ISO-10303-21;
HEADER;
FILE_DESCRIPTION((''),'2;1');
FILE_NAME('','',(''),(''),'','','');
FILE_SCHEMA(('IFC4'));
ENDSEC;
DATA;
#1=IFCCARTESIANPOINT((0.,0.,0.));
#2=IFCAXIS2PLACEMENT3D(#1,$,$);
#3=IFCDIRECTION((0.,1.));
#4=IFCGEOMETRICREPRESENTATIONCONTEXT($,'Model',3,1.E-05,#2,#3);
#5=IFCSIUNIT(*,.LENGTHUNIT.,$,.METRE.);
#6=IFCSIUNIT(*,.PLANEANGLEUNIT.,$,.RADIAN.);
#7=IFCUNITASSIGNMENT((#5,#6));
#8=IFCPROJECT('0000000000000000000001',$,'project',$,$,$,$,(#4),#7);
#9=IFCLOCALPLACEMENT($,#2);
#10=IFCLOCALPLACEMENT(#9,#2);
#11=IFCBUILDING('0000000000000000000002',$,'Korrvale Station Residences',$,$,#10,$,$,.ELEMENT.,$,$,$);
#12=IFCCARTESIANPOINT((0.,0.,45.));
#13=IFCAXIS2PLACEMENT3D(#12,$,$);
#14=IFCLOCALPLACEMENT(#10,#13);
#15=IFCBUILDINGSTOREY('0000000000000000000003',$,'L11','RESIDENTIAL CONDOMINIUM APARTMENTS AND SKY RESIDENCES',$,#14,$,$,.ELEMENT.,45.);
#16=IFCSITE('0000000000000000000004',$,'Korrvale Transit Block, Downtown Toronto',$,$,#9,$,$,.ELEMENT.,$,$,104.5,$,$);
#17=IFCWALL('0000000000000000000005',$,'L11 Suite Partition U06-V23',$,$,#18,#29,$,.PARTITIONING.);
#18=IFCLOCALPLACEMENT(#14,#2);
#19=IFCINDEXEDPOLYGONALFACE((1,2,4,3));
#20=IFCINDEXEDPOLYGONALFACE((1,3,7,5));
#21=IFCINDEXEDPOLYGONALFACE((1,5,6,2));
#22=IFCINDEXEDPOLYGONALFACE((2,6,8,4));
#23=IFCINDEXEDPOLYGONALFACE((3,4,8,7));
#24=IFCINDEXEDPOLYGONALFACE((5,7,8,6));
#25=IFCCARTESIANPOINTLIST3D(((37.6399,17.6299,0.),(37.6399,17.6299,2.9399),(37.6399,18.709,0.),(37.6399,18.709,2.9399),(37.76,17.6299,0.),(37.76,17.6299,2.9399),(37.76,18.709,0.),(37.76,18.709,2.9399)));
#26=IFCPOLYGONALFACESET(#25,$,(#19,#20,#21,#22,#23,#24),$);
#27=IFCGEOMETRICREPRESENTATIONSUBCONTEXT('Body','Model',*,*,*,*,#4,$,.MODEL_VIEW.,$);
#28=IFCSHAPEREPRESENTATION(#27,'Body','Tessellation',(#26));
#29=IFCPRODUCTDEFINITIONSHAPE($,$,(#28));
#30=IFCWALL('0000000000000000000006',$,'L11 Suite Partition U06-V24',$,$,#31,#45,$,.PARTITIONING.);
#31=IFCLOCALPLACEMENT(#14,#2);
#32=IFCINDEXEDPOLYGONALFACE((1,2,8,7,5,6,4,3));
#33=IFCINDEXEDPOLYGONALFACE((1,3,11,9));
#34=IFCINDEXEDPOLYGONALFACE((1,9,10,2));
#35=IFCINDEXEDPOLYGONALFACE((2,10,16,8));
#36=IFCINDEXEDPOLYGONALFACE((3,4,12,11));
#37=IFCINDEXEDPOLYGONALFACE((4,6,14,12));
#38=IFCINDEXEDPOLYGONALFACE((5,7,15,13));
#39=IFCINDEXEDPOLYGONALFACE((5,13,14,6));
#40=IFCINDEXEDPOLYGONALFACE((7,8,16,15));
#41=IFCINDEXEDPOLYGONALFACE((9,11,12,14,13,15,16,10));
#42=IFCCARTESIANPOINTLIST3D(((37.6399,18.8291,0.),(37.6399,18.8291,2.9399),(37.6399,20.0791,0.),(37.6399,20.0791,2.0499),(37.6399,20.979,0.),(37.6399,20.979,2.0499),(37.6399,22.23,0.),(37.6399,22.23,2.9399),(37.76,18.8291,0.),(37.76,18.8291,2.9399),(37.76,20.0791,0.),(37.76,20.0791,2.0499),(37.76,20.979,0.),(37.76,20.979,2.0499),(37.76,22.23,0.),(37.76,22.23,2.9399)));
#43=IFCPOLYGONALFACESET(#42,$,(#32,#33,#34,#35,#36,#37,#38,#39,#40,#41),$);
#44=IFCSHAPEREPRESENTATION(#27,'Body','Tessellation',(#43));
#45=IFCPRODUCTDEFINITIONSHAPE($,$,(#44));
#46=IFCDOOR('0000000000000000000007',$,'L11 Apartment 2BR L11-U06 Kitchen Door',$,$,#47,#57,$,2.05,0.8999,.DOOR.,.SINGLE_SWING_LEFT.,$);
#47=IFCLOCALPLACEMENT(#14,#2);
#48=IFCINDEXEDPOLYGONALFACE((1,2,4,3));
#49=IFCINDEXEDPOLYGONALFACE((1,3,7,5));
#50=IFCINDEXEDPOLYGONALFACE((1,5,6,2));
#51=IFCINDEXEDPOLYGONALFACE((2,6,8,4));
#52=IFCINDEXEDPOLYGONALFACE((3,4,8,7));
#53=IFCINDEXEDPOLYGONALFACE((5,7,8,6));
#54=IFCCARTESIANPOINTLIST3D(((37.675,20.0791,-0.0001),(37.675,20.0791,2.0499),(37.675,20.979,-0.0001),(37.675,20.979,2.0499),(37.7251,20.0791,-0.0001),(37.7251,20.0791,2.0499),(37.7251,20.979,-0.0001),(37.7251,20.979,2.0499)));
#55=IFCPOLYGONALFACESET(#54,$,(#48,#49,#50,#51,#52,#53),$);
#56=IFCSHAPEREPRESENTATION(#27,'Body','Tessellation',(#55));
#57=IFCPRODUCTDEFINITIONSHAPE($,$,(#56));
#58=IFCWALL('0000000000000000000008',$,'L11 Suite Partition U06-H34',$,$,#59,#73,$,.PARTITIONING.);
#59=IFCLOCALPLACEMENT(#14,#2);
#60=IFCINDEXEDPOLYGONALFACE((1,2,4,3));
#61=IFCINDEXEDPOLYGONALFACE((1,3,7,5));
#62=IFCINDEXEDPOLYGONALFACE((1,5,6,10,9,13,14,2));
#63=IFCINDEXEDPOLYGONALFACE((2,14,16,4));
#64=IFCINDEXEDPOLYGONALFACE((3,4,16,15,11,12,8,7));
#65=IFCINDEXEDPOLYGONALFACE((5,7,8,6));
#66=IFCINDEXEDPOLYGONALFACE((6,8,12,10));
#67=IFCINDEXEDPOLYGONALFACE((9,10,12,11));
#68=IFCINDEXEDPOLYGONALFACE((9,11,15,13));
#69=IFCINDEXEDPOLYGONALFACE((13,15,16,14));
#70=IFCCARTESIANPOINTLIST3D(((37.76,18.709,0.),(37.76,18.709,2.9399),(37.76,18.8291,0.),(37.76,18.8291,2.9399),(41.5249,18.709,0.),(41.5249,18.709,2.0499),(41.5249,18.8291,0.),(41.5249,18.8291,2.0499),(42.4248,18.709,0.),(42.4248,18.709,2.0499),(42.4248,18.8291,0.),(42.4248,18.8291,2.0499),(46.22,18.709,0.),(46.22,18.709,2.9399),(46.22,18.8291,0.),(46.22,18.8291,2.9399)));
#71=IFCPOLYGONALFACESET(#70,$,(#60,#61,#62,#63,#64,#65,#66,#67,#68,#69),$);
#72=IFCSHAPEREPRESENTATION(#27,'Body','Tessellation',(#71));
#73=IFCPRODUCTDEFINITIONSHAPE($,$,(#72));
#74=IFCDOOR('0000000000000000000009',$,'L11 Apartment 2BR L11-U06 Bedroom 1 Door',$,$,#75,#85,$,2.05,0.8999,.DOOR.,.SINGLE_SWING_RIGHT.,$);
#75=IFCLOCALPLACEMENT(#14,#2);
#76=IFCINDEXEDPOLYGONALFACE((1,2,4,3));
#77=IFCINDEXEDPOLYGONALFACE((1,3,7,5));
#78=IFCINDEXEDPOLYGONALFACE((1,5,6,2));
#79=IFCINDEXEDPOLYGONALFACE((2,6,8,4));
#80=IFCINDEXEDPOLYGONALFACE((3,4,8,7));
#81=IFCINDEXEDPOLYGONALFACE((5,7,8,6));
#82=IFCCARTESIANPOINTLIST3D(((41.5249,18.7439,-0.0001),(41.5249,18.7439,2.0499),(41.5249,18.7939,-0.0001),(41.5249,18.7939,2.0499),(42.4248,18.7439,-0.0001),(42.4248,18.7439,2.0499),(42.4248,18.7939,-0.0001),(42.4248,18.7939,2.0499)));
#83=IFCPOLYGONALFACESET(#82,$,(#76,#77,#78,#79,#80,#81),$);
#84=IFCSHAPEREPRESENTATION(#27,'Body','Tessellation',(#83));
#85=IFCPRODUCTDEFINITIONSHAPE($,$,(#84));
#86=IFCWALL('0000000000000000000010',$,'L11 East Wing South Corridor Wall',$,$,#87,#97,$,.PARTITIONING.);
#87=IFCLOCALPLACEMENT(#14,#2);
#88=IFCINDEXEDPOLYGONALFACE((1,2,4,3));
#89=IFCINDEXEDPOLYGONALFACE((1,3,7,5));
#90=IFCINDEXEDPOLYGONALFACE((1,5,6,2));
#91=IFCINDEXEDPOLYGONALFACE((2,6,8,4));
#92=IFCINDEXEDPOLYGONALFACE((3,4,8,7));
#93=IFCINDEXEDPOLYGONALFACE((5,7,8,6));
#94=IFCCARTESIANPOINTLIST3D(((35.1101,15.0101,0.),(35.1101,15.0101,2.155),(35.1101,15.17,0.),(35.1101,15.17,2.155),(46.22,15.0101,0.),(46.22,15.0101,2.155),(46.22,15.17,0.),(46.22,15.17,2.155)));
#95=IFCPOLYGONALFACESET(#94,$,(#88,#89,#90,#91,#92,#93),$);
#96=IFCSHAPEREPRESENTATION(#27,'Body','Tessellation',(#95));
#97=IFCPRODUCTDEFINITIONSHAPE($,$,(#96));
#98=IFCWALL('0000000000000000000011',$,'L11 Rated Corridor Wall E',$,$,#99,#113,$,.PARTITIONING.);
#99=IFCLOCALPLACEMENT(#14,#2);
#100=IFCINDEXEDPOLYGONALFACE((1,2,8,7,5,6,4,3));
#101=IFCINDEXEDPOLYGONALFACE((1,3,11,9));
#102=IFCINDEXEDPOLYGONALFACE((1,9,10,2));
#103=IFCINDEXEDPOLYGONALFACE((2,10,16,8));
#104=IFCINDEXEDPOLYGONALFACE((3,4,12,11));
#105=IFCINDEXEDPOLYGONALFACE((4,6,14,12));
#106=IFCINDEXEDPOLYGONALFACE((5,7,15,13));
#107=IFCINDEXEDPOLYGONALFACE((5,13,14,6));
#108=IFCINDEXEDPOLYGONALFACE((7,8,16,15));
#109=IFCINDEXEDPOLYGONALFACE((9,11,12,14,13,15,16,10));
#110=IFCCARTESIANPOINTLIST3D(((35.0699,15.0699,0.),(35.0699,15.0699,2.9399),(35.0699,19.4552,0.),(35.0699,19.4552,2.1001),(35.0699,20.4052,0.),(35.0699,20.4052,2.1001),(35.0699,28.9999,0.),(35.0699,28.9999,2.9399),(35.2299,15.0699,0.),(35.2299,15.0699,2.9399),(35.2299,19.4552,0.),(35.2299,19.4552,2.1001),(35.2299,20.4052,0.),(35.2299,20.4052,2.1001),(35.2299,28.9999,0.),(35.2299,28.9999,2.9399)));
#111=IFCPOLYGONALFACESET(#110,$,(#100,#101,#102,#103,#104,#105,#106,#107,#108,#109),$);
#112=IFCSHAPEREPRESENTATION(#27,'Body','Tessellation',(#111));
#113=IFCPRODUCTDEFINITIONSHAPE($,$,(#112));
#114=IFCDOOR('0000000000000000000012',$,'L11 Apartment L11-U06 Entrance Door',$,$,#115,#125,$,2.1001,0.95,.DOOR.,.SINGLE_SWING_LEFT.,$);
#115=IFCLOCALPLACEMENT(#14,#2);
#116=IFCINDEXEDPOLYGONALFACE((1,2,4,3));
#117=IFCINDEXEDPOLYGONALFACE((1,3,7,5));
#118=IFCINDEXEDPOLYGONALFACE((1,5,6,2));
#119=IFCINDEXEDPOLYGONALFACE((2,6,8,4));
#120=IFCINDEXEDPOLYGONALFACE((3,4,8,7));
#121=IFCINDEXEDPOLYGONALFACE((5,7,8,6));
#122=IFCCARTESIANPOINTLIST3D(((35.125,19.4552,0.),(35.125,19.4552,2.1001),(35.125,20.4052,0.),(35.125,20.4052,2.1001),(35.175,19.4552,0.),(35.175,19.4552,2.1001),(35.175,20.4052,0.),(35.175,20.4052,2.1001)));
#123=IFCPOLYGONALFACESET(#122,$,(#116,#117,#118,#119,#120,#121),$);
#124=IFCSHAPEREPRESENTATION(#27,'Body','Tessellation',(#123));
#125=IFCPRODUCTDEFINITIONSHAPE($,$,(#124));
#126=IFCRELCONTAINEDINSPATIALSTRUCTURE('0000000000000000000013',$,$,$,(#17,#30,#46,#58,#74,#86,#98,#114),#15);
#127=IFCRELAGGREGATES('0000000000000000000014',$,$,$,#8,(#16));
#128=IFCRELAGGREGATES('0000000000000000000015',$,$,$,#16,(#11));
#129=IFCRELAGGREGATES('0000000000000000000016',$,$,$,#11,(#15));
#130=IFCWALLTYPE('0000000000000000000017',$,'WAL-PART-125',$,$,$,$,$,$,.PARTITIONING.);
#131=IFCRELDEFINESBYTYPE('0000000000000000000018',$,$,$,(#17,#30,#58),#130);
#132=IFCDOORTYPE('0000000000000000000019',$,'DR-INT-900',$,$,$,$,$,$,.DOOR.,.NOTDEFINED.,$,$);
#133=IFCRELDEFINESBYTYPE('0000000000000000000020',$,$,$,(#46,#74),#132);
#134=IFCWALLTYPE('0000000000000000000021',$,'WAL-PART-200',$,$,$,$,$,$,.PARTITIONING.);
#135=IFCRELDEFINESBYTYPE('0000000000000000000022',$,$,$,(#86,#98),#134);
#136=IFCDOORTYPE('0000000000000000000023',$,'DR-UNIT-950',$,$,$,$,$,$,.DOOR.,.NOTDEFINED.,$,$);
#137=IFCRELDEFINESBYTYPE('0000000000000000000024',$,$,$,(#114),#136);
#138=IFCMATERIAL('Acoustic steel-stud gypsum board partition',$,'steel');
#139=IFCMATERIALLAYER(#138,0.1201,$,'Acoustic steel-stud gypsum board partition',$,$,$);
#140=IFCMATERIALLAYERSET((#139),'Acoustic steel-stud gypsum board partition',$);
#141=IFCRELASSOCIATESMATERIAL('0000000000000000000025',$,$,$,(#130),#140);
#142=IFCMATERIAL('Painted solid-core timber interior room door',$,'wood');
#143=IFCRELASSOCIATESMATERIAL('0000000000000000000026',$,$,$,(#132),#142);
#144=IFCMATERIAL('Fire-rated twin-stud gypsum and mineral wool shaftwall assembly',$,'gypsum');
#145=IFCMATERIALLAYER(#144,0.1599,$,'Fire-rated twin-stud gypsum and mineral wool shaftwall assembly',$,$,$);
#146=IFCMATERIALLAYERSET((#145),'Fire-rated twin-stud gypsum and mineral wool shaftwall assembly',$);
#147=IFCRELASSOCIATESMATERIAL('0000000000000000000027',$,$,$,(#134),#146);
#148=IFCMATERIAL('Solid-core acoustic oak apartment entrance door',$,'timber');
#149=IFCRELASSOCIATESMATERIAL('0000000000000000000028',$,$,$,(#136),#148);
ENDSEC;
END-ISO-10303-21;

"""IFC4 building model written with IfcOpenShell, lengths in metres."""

from ifc_helpers import new_model, si_unit, direction, frame, frame_2d, origin, place, context, subcontext, project, spatial, rectangle, extrude, material, layer, layer_set, type_object, element, fill, save


model = new_model("IFC4")

# Units and contexts
model_context = context("Model", 3, precision=1e-05, world=origin(), true_north=direction((0.0, 1.0)))
body_context = subcontext(model_context, "Body", "Model", "MODEL_VIEW")
ifc_project = project(units=[si_unit("LENGTHUNIT", "METRE"), si_unit("PLANEANGLEUNIT", "RADIAN")], contexts=[model_context])

# Site, building, storey
site_placement = place(None, origin())
site = spatial("IfcSite", under=ifc_project, at=site_placement, Name="Korrvale Transit Block, Downtown Toronto", CompositionType="ELEMENT", RefElevation=104.5)
building_placement = place(site_placement, origin())
building = spatial("IfcBuilding", under=site, at=building_placement, Name="Korrvale Station Residences", CompositionType="ELEMENT")
storey_placement = place(building_placement, frame((0.0, 0.0, 45.0)))
storey = spatial("IfcBuildingStorey", under=building, at=storey_placement, Name="L11", Description="RESIDENTIAL CONDOMINIUM APARTMENTS AND SKY RESIDENCES", CompositionType="ELEMENT", Elevation=45.0)

# Shared definitions
ifc_material_1 = material(Name="Acoustic steel-stud gypsum board partition", Category="steel")
ifc_layer_1 = layer(ifc_material_1, 0.1201, Name="Acoustic steel-stud gypsum board partition")
ifc_layer_set_1 = layer_set([ifc_layer_1], Name="Acoustic steel-stud gypsum board partition")
wall_type_1 = type_object("IfcWallType", Name="WAL-PART-125", PredefinedType="PARTITIONING", material=ifc_layer_set_1)
ifc_material_2 = material(Name="Painted solid-core timber interior room door", Category="wood")
door_type_1 = type_object("IfcDoorType", Name="DR-INT-900", OperationType="NOTDEFINED", PredefinedType="DOOR", material=ifc_material_2)

# Wall
wall_1_placement = place(storey_placement, frame((37.7, 17.6299, 0.0), z_axis=(0.0, 0.0, 1.0), x_axis=(0.0, 1.0, 0.0)))
element("IfcWall", 1, at=wall_1_placement, inside=storey, type_object=wall_type_1, Name="L11 Suite Partition U06-V23", PredefinedType="PARTITIONING", context=body_context, shape_type="SweptSolid", body=[
    extrude(rectangle(XDim=1.0791, YDim=0.1201, at=frame_2d((0.5396, 0.0))), origin(), (0.0, 0.0, 1.0), 2.9399),
])

# Walls, openings, doors
wall_2_placement = place(storey_placement, frame((37.7, 18.8291, 0.0), z_axis=(0.0, 0.0, 1.0), x_axis=(0.0, 1.0, 0.0)))
wall_2 = element("IfcWall", 2, at=wall_2_placement, inside=storey, type_object=wall_type_1, Name="L11 Suite Partition U06-V24", PredefinedType="PARTITIONING", context=body_context, shape_type="SweptSolid", body=[
    extrude(rectangle(XDim=3.4009, YDim=0.1201, at=frame_2d((1.7004, 0.0))), origin(), (0.0, 0.0, 1.0), 2.9399),
])
opening_1_placement = place(wall_2_placement, frame((1.25, 0.0, 0.0)))
opening_1 = element("IfcOpeningElement", 3, at=opening_1_placement, cuts=wall_2, PredefinedType="OPENING", context=body_context, shape_type="SweptSolid", body=[
    extrude(rectangle(XDim=0.8999, YDim=2.05, at=frame_2d((0.45, 1.0249))), frame((0.0, 0.0701, 0.0), z_axis=(0.0, -1.0, 0.0), x_axis=(1.0, 0.0, 0.0)), (0.0, 0.0, 1.0), 0.1401),
])
door_1_placement = place(opening_1_placement, origin())
door_1 = element("IfcDoor", 4, at=door_1_placement, inside=storey, type_object=door_type_1, Name="L11 Apartment 2BR L11-U06 Kitchen Door", OperationType="SINGLE_SWING_LEFT", OverallHeight=2.05, OverallWidth=0.8999, PredefinedType="DOOR", context=body_context, shape_type="SweptSolid", body=[
    extrude(rectangle(XDim=0.8999, YDim=2.05, at=frame_2d((0.45, 1.0249))), frame((0.0, 0.0249, 0.0), z_axis=(0.0, -1.0, 0.0), x_axis=(1.0, 0.0, 0.0)), (0.0, 0.0, 1.0), 0.05),
])
fill(opening_1, door_1)
wall_3_placement = place(storey_placement, frame((37.76, 18.769, 0.0), z_axis=(0.0, 0.0, 1.0), x_axis=(1.0, 0.0, 0.0)))
wall_3 = element("IfcWall", 5, at=wall_3_placement, inside=storey, type_object=wall_type_1, Name="L11 Suite Partition U06-H34", PredefinedType="PARTITIONING", context=body_context, shape_type="SweptSolid", body=[
    extrude(rectangle(XDim=8.46, YDim=0.1201, at=frame_2d((4.23, 0.0))), origin(), (0.0, 0.0, 1.0), 2.9399),
])
opening_2_placement = place(wall_3_placement, frame((3.7649, 0.0, 0.0)))
opening_2 = element("IfcOpeningElement", 6, at=opening_2_placement, cuts=wall_3, PredefinedType="OPENING", context=body_context, shape_type="SweptSolid", body=[
    extrude(rectangle(XDim=0.8999, YDim=2.05, at=frame_2d((0.45, 1.0249))), frame((0.0, 0.0701, 0.0), z_axis=(0.0, -1.0, 0.0), x_axis=(1.0, 0.0, 0.0)), (0.0, 0.0, 1.0), 0.1401),
])
door_2_placement = place(opening_2_placement, origin())
door_2 = element("IfcDoor", 7, at=door_2_placement, inside=storey, type_object=door_type_1, Name="L11 Apartment 2BR L11-U06 Bedroom 1 Door", OperationType="SINGLE_SWING_RIGHT", OverallHeight=2.05, OverallWidth=0.8999, PredefinedType="DOOR", context=body_context, shape_type="SweptSolid", body=[
    extrude(rectangle(XDim=0.8999, YDim=2.05, at=frame_2d((0.45, 1.0249))), frame((0.0, 0.0249, 0.0), z_axis=(0.0, -1.0, 0.0), x_axis=(1.0, 0.0, 0.0)), (0.0, 0.0, 1.0), 0.05),
])
fill(opening_2, door_2)

# Wall
ifc_material_3 = material(Name="Fire-rated twin-stud gypsum and mineral wool shaftwall assembly", Category="gypsum")
ifc_layer_2 = layer(ifc_material_3, 0.1599, Name="Fire-rated twin-stud gypsum and mineral wool shaftwall assembly")
ifc_layer_set_2 = layer_set([ifc_layer_2], Name="Fire-rated twin-stud gypsum and mineral wool shaftwall assembly")
wall_type_2 = type_object("IfcWallType", Name="WAL-PART-200", PredefinedType="PARTITIONING", material=ifc_layer_set_2)
wall_4_placement = place(storey_placement, frame((35.1101, 15.0901, 0.0), z_axis=(0.0, 0.0, 1.0), x_axis=(1.0, 0.0, 0.0)))
element("IfcWall", 8, at=wall_4_placement, inside=storey, type_object=wall_type_2, Name="L11 East Wing South Corridor Wall", PredefinedType="PARTITIONING", context=body_context, shape_type="SweptSolid", body=[
    extrude(rectangle(XDim=11.1099, YDim=0.1599, at=frame_2d((5.5549, 0.0))), origin(), (0.0, 0.0, 1.0), 2.155),
])

# Wall, opening, door
wall_5_placement = place(storey_placement, frame((35.1499, 15.0701, 0.0), z_axis=(0.0, 0.0, 1.0), x_axis=(0.0, 1.0, 0.0)))
wall_5 = element("IfcWall", 9, at=wall_5_placement, inside=storey, type_object=wall_type_2, Name="L11 Rated Corridor Wall E", PredefinedType="PARTITIONING", context=body_context, shape_type="SweptSolid", body=[
    extrude(rectangle(XDim=13.9299, YDim=0.1599, at=frame_2d((6.9648, 0.0))), origin(), (0.0, 0.0, 1.0), 2.9399),
])
opening_3_placement = place(wall_5_placement, frame((4.385, 0.0, 0.0)))
opening_3 = element("IfcOpeningElement", 10, at=opening_3_placement, cuts=wall_5, PredefinedType="OPENING", context=body_context, shape_type="SweptSolid", body=[
    extrude(rectangle(XDim=0.95, YDim=2.1001, at=frame_2d((0.4751, 1.05))), frame((0.0, 0.0898, 0.0), z_axis=(0.0, -1.0, 0.0), x_axis=(1.0, 0.0, 0.0)), (0.0, 0.0, 1.0), 0.1799),
])
ifc_material_4 = material(Name="Solid-core acoustic oak apartment entrance door", Category="timber")
door_type_2 = type_object("IfcDoorType", Name="DR-UNIT-950", OperationType="NOTDEFINED", PredefinedType="DOOR", material=ifc_material_4)
door_3_placement = place(opening_3_placement, origin())
door_3 = element("IfcDoor", 11, at=door_3_placement, inside=storey, type_object=door_type_2, Name="L11 Apartment L11-U06 Entrance Door", OperationType="SINGLE_SWING_LEFT", OverallHeight=2.1001, OverallWidth=0.95, PredefinedType="DOOR", context=body_context, shape_type="SweptSolid", body=[
    extrude(rectangle(XDim=0.95, YDim=2.1001, at=frame_2d((0.4751, 1.05))), frame((0.0, 0.0249, 0.0), z_axis=(0.0, -1.0, 0.0), x_axis=(1.0, 0.0, 0.0)), (0.0, 0.0, 1.0), 0.05),
])
fill(opening_3, door_3)

save(model, "model.ifc")
